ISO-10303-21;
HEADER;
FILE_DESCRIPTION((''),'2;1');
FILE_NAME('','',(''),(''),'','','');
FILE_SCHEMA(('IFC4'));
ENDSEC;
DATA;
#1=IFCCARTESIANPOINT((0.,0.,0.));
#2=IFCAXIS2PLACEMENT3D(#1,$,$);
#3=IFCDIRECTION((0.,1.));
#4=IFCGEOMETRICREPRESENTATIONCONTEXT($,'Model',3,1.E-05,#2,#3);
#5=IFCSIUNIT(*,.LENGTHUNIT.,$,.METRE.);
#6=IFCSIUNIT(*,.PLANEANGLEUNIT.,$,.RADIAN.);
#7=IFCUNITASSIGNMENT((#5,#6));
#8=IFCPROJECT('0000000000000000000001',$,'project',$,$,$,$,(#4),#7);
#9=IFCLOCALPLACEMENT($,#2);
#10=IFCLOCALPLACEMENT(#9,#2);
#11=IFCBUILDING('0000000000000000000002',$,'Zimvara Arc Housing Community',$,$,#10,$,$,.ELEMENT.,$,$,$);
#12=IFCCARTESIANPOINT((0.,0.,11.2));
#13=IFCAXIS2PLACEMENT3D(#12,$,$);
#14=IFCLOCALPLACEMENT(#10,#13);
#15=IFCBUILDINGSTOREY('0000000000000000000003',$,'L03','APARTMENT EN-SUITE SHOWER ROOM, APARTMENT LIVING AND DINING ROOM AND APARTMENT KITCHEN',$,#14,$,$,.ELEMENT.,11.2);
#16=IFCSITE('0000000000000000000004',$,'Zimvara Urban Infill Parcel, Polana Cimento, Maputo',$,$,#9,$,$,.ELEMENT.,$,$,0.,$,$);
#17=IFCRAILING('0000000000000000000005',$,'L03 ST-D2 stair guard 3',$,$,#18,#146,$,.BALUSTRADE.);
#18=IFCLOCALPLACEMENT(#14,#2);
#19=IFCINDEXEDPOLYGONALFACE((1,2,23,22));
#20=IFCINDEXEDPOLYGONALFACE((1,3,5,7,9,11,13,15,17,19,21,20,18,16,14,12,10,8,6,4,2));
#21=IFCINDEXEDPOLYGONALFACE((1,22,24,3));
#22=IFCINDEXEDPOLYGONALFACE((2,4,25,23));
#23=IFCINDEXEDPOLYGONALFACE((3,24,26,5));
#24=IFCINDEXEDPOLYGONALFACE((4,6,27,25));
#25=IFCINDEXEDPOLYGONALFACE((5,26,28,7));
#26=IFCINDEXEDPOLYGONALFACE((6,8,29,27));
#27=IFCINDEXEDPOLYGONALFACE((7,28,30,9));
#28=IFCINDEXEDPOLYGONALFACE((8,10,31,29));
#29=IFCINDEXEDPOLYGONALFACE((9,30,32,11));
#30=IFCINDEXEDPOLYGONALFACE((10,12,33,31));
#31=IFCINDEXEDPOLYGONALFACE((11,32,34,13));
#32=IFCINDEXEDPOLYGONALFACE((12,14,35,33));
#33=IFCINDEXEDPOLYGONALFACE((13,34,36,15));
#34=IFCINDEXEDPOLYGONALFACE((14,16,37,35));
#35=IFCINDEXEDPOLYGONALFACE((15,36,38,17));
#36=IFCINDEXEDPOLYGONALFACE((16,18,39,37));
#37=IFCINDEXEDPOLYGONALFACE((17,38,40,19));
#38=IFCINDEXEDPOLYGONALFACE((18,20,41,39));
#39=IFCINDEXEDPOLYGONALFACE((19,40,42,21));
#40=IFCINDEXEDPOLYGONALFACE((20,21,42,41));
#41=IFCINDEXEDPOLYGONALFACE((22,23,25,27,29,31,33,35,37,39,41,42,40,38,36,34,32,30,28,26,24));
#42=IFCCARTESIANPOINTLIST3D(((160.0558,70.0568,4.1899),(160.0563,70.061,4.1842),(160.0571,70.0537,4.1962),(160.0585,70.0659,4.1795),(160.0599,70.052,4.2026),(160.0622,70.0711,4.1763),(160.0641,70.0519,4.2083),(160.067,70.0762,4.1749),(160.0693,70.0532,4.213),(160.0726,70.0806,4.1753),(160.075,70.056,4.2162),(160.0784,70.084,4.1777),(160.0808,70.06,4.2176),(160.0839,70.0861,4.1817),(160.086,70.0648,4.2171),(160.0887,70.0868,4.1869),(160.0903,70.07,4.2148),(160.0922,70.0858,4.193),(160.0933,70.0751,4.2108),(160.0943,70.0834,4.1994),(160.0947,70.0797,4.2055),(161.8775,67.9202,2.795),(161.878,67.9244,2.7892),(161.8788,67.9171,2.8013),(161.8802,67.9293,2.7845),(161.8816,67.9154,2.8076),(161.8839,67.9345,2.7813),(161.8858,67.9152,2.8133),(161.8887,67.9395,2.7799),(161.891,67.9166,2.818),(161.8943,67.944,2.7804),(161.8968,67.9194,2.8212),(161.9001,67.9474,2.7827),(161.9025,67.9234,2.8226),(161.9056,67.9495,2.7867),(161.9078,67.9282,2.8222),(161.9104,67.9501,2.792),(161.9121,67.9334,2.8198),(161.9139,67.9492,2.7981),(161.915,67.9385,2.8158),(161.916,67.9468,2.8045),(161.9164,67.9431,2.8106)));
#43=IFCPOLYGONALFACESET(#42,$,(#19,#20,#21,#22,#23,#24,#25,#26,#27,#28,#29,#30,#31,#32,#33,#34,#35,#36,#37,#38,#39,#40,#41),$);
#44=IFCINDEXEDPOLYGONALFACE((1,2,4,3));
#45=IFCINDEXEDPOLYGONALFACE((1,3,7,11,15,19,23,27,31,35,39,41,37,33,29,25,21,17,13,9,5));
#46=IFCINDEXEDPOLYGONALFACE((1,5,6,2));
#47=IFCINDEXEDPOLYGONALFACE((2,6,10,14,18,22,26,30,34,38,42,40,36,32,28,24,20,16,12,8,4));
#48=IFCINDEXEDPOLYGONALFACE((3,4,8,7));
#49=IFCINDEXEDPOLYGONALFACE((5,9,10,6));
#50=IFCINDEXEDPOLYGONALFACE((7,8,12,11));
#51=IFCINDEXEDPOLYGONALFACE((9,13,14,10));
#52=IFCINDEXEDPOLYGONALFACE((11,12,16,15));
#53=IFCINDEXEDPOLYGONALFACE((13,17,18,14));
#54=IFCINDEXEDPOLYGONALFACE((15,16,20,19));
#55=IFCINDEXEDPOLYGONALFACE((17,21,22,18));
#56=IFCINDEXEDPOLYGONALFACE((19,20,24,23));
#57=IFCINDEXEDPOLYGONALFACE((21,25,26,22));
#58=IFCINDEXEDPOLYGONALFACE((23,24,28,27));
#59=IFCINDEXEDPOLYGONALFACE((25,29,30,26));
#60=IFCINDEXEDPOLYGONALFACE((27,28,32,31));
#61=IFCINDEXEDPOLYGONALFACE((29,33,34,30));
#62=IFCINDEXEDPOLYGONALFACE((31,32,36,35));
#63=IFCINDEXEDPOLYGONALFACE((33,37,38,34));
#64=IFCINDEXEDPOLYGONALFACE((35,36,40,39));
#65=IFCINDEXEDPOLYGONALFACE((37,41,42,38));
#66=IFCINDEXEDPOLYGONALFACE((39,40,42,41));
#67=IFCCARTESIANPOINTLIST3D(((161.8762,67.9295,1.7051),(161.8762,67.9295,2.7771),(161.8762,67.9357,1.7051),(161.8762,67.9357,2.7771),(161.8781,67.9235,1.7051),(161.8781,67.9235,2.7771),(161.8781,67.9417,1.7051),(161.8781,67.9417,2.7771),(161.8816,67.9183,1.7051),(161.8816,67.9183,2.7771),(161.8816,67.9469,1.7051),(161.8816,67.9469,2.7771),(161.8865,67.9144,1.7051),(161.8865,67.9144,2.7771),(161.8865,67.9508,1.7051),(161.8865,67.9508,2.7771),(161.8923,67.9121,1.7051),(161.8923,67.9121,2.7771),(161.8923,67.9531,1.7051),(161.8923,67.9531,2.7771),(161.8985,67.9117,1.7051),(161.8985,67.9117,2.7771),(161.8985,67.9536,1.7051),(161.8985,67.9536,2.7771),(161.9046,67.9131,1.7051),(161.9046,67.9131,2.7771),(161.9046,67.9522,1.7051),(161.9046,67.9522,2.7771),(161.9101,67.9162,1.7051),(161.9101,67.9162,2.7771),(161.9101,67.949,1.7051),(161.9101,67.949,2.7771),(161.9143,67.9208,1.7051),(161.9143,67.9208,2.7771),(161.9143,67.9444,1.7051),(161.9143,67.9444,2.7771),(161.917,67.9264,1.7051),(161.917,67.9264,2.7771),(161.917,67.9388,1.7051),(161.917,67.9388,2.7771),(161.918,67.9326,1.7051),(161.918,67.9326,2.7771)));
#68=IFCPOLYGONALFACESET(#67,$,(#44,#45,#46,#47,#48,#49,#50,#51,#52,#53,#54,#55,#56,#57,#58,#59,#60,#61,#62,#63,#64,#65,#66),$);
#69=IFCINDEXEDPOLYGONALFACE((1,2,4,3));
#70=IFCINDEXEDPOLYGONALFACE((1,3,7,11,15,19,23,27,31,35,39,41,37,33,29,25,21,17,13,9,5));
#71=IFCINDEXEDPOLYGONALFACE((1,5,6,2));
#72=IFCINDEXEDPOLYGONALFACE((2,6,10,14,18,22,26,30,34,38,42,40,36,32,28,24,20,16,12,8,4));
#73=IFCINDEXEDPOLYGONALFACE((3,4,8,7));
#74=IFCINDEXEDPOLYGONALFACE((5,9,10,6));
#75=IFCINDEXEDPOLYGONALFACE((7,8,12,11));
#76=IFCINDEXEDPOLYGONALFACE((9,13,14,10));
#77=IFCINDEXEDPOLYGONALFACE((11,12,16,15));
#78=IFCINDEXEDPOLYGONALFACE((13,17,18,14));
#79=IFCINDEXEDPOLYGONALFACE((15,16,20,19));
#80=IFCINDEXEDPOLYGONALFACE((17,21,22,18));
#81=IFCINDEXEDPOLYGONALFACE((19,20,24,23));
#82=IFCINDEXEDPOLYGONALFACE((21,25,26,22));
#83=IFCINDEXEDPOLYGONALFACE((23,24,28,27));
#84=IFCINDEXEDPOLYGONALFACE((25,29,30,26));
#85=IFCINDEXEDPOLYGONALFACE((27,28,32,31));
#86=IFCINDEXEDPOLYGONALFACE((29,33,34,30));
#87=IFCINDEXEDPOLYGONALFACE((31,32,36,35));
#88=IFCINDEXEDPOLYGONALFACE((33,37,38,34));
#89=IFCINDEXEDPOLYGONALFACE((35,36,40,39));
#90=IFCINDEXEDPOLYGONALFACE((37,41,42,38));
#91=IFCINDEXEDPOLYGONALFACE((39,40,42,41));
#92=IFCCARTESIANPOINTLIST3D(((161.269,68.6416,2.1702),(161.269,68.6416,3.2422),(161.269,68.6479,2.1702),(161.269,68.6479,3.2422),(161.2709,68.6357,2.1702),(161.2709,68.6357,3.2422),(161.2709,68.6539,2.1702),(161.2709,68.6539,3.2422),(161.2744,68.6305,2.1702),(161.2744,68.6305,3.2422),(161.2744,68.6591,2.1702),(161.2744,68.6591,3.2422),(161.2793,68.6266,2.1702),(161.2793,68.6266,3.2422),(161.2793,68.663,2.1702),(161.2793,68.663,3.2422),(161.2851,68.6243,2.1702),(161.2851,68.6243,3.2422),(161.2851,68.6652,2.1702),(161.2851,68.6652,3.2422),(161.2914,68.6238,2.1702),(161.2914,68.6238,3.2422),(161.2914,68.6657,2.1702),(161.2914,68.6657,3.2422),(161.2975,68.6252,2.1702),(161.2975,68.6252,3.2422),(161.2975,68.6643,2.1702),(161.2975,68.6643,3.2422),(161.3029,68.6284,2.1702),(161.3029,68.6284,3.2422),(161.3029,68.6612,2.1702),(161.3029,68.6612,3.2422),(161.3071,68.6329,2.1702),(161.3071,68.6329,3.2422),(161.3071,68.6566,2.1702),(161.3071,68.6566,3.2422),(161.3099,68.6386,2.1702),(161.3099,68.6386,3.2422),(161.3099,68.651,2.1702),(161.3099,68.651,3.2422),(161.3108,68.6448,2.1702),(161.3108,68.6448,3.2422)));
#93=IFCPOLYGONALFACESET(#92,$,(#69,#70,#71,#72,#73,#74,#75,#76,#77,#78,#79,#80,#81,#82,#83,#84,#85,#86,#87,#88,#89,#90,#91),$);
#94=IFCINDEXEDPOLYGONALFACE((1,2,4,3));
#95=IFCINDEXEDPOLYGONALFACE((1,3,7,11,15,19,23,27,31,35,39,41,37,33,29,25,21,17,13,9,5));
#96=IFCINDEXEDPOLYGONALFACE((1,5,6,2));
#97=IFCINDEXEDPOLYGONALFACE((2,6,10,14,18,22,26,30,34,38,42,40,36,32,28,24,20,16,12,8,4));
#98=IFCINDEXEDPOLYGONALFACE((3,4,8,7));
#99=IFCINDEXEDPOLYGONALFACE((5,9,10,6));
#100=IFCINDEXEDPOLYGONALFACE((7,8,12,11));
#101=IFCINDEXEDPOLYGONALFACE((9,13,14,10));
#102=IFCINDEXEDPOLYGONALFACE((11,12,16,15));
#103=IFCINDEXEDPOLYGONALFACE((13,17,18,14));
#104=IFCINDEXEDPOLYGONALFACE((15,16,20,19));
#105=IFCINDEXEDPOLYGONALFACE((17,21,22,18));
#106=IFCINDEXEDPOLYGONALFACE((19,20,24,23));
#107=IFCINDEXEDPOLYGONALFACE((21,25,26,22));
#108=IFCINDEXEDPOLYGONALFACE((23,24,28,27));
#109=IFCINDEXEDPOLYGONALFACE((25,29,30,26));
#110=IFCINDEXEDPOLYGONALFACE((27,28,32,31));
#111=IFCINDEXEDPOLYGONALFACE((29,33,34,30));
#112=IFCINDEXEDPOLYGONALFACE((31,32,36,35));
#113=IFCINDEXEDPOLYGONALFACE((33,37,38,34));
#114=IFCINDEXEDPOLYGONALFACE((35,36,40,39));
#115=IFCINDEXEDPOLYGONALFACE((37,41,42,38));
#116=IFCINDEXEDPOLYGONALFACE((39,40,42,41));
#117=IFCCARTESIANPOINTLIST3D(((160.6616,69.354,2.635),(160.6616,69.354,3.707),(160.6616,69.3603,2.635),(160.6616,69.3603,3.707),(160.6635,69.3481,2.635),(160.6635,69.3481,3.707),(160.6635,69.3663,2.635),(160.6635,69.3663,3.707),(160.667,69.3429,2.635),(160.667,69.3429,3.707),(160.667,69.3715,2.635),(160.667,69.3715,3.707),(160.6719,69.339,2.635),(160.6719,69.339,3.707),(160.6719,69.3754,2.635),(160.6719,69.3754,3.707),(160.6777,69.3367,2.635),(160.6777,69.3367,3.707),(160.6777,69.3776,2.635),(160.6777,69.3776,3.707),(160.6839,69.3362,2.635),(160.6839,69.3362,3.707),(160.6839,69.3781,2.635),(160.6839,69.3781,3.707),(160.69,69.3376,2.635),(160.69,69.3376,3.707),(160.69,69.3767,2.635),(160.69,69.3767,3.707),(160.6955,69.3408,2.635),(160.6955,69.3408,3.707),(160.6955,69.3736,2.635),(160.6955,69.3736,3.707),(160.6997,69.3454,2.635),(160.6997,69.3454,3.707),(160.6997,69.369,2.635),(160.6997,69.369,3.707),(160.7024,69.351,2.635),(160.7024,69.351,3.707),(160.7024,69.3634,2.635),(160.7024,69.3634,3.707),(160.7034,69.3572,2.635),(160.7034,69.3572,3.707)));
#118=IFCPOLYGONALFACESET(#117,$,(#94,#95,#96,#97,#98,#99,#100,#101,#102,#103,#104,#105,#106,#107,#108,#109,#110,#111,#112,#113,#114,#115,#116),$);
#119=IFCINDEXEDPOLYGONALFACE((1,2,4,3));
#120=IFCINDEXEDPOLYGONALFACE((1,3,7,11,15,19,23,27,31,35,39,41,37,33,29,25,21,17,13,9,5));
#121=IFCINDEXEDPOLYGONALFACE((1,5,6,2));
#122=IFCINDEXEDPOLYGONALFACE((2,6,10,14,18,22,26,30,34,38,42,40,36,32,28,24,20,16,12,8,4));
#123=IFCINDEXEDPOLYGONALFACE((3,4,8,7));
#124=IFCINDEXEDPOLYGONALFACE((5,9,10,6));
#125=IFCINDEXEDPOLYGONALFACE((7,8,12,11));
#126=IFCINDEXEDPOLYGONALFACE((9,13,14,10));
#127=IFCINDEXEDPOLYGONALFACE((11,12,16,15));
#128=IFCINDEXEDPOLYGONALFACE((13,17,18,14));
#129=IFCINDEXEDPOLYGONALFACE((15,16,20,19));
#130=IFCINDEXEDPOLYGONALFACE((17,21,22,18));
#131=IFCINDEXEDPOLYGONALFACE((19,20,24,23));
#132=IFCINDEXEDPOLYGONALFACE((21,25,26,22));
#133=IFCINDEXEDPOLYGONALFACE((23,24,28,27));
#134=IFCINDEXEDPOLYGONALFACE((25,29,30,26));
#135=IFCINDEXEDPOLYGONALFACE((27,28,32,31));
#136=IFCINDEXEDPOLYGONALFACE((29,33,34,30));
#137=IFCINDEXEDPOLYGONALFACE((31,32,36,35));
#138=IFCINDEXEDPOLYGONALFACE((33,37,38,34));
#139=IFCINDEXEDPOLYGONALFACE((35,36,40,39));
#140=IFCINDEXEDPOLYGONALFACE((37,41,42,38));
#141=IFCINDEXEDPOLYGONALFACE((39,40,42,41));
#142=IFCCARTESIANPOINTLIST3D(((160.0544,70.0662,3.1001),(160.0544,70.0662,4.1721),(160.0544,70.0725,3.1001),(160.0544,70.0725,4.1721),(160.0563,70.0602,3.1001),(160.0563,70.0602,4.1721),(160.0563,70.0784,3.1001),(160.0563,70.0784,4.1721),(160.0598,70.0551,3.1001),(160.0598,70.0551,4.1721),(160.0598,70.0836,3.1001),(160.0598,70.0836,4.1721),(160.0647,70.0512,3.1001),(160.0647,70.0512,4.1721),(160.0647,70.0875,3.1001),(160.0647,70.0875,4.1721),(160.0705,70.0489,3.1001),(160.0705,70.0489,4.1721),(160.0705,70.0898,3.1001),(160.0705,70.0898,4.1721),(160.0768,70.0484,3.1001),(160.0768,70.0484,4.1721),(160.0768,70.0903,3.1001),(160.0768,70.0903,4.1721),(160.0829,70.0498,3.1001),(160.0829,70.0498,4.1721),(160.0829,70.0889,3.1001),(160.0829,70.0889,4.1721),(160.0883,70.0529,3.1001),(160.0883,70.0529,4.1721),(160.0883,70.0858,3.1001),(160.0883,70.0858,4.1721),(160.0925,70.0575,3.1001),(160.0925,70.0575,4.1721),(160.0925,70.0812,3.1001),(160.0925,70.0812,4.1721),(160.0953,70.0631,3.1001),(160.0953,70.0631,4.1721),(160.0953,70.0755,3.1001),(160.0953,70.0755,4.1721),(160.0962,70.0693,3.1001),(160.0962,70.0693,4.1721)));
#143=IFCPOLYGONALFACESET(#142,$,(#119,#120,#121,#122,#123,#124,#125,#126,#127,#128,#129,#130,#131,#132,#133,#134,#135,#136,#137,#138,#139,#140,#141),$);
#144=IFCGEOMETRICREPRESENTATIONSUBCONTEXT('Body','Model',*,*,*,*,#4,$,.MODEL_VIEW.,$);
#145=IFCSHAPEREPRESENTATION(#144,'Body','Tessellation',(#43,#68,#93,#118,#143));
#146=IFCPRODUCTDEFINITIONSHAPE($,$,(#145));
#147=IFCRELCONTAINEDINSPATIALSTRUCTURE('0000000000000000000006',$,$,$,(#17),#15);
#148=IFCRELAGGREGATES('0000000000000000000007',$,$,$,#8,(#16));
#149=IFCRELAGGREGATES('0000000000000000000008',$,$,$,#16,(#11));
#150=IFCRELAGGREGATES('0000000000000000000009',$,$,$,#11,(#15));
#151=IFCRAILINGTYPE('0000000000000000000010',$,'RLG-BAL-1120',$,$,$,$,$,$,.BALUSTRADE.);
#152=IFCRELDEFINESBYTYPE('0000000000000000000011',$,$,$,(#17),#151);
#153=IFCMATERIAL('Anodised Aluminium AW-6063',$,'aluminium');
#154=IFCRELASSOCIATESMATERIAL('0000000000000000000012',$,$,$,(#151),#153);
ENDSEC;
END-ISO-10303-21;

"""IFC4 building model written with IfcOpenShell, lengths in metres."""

from ifc_helpers import new_model, si_unit, direction, frame, origin, origin_2d, place, context, subcontext, project, spatial, circle, extrude, material, type_object, element, save


model = new_model("IFC4")

# Units and contexts
model_context = context("Model", 3, precision=1e-05, world=origin(), true_north=direction((0.0, 1.0)))
body_context = subcontext(model_context, "Body", "Model", "MODEL_VIEW")
ifc_project = project(units=[si_unit("LENGTHUNIT", "METRE"), si_unit("PLANEANGLEUNIT", "RADIAN")], contexts=[model_context])

# Site, building, storey
site_placement = place(None, origin())
site = spatial("IfcSite", under=ifc_project, at=site_placement, Name="Zimvara Urban Infill Parcel, Polana Cimento, Maputo", CompositionType="ELEMENT", RefElevation=0.0)
building_placement = place(site_placement, origin())
building = spatial("IfcBuilding", under=site, at=building_placement, Name="Zimvara Arc Housing Community", CompositionType="ELEMENT")
storey_placement = place(building_placement, frame((0.0, 0.0, 11.2)))
storey = spatial("IfcBuildingStorey", under=building, at=storey_placement, Name="L03", Description="APARTMENT EN-SUITE SHOWER ROOM, APARTMENT LIVING AND DINING ROOM AND APARTMENT KITCHEN", CompositionType="ELEMENT", Elevation=11.2)

# Railing
ifc_material_1 = material(Name="Anodised Aluminium AW-6063", Category="aluminium")
railing_type_1 = type_object("IfcRailingType", Name="RLG-BAL-1120", PredefinedType="BALUSTRADE", material=ifc_material_1)
railing_1_placement = place(storey_placement, frame((161.897, 67.9326, 1.7051)))
element("IfcRailing", 1, at=railing_1_placement, inside=storey, type_object=railing_type_1, Name="L03 ST-D2 stair guard 3", PredefinedType="BALUSTRADE", context=body_context, shape_type="SweptSolid", body=[
    extrude(circle(Radius=0.0239, at=origin_2d()), frame((0.0, 0.0, 1.0962), z_axis=(-0.581041, 0.681489, 0.44493), x_axis=(-0.76096, -0.648799, 0.0)), (0.0, 0.0, 1.0), 3.1353),
    extrude(circle(Radius=0.021, at=origin_2d()), origin(), (0.0, 0.0, 1.0), 1.072),
    extrude(circle(Radius=0.021, at=origin_2d()), frame((-0.6072, 0.7122, 0.4651)), (0.0, 0.0, 1.0), 1.072),
    extrude(circle(Radius=0.021, at=origin_2d()), frame((-1.2146, 1.4246, 0.9299)), (0.0, 0.0, 1.0), 1.072),
    extrude(circle(Radius=0.021, at=origin_2d()), frame((-1.8218, 2.1367, 1.395)), (0.0, 0.0, 1.0), 1.072),
])

save(model, "model.ifc")
